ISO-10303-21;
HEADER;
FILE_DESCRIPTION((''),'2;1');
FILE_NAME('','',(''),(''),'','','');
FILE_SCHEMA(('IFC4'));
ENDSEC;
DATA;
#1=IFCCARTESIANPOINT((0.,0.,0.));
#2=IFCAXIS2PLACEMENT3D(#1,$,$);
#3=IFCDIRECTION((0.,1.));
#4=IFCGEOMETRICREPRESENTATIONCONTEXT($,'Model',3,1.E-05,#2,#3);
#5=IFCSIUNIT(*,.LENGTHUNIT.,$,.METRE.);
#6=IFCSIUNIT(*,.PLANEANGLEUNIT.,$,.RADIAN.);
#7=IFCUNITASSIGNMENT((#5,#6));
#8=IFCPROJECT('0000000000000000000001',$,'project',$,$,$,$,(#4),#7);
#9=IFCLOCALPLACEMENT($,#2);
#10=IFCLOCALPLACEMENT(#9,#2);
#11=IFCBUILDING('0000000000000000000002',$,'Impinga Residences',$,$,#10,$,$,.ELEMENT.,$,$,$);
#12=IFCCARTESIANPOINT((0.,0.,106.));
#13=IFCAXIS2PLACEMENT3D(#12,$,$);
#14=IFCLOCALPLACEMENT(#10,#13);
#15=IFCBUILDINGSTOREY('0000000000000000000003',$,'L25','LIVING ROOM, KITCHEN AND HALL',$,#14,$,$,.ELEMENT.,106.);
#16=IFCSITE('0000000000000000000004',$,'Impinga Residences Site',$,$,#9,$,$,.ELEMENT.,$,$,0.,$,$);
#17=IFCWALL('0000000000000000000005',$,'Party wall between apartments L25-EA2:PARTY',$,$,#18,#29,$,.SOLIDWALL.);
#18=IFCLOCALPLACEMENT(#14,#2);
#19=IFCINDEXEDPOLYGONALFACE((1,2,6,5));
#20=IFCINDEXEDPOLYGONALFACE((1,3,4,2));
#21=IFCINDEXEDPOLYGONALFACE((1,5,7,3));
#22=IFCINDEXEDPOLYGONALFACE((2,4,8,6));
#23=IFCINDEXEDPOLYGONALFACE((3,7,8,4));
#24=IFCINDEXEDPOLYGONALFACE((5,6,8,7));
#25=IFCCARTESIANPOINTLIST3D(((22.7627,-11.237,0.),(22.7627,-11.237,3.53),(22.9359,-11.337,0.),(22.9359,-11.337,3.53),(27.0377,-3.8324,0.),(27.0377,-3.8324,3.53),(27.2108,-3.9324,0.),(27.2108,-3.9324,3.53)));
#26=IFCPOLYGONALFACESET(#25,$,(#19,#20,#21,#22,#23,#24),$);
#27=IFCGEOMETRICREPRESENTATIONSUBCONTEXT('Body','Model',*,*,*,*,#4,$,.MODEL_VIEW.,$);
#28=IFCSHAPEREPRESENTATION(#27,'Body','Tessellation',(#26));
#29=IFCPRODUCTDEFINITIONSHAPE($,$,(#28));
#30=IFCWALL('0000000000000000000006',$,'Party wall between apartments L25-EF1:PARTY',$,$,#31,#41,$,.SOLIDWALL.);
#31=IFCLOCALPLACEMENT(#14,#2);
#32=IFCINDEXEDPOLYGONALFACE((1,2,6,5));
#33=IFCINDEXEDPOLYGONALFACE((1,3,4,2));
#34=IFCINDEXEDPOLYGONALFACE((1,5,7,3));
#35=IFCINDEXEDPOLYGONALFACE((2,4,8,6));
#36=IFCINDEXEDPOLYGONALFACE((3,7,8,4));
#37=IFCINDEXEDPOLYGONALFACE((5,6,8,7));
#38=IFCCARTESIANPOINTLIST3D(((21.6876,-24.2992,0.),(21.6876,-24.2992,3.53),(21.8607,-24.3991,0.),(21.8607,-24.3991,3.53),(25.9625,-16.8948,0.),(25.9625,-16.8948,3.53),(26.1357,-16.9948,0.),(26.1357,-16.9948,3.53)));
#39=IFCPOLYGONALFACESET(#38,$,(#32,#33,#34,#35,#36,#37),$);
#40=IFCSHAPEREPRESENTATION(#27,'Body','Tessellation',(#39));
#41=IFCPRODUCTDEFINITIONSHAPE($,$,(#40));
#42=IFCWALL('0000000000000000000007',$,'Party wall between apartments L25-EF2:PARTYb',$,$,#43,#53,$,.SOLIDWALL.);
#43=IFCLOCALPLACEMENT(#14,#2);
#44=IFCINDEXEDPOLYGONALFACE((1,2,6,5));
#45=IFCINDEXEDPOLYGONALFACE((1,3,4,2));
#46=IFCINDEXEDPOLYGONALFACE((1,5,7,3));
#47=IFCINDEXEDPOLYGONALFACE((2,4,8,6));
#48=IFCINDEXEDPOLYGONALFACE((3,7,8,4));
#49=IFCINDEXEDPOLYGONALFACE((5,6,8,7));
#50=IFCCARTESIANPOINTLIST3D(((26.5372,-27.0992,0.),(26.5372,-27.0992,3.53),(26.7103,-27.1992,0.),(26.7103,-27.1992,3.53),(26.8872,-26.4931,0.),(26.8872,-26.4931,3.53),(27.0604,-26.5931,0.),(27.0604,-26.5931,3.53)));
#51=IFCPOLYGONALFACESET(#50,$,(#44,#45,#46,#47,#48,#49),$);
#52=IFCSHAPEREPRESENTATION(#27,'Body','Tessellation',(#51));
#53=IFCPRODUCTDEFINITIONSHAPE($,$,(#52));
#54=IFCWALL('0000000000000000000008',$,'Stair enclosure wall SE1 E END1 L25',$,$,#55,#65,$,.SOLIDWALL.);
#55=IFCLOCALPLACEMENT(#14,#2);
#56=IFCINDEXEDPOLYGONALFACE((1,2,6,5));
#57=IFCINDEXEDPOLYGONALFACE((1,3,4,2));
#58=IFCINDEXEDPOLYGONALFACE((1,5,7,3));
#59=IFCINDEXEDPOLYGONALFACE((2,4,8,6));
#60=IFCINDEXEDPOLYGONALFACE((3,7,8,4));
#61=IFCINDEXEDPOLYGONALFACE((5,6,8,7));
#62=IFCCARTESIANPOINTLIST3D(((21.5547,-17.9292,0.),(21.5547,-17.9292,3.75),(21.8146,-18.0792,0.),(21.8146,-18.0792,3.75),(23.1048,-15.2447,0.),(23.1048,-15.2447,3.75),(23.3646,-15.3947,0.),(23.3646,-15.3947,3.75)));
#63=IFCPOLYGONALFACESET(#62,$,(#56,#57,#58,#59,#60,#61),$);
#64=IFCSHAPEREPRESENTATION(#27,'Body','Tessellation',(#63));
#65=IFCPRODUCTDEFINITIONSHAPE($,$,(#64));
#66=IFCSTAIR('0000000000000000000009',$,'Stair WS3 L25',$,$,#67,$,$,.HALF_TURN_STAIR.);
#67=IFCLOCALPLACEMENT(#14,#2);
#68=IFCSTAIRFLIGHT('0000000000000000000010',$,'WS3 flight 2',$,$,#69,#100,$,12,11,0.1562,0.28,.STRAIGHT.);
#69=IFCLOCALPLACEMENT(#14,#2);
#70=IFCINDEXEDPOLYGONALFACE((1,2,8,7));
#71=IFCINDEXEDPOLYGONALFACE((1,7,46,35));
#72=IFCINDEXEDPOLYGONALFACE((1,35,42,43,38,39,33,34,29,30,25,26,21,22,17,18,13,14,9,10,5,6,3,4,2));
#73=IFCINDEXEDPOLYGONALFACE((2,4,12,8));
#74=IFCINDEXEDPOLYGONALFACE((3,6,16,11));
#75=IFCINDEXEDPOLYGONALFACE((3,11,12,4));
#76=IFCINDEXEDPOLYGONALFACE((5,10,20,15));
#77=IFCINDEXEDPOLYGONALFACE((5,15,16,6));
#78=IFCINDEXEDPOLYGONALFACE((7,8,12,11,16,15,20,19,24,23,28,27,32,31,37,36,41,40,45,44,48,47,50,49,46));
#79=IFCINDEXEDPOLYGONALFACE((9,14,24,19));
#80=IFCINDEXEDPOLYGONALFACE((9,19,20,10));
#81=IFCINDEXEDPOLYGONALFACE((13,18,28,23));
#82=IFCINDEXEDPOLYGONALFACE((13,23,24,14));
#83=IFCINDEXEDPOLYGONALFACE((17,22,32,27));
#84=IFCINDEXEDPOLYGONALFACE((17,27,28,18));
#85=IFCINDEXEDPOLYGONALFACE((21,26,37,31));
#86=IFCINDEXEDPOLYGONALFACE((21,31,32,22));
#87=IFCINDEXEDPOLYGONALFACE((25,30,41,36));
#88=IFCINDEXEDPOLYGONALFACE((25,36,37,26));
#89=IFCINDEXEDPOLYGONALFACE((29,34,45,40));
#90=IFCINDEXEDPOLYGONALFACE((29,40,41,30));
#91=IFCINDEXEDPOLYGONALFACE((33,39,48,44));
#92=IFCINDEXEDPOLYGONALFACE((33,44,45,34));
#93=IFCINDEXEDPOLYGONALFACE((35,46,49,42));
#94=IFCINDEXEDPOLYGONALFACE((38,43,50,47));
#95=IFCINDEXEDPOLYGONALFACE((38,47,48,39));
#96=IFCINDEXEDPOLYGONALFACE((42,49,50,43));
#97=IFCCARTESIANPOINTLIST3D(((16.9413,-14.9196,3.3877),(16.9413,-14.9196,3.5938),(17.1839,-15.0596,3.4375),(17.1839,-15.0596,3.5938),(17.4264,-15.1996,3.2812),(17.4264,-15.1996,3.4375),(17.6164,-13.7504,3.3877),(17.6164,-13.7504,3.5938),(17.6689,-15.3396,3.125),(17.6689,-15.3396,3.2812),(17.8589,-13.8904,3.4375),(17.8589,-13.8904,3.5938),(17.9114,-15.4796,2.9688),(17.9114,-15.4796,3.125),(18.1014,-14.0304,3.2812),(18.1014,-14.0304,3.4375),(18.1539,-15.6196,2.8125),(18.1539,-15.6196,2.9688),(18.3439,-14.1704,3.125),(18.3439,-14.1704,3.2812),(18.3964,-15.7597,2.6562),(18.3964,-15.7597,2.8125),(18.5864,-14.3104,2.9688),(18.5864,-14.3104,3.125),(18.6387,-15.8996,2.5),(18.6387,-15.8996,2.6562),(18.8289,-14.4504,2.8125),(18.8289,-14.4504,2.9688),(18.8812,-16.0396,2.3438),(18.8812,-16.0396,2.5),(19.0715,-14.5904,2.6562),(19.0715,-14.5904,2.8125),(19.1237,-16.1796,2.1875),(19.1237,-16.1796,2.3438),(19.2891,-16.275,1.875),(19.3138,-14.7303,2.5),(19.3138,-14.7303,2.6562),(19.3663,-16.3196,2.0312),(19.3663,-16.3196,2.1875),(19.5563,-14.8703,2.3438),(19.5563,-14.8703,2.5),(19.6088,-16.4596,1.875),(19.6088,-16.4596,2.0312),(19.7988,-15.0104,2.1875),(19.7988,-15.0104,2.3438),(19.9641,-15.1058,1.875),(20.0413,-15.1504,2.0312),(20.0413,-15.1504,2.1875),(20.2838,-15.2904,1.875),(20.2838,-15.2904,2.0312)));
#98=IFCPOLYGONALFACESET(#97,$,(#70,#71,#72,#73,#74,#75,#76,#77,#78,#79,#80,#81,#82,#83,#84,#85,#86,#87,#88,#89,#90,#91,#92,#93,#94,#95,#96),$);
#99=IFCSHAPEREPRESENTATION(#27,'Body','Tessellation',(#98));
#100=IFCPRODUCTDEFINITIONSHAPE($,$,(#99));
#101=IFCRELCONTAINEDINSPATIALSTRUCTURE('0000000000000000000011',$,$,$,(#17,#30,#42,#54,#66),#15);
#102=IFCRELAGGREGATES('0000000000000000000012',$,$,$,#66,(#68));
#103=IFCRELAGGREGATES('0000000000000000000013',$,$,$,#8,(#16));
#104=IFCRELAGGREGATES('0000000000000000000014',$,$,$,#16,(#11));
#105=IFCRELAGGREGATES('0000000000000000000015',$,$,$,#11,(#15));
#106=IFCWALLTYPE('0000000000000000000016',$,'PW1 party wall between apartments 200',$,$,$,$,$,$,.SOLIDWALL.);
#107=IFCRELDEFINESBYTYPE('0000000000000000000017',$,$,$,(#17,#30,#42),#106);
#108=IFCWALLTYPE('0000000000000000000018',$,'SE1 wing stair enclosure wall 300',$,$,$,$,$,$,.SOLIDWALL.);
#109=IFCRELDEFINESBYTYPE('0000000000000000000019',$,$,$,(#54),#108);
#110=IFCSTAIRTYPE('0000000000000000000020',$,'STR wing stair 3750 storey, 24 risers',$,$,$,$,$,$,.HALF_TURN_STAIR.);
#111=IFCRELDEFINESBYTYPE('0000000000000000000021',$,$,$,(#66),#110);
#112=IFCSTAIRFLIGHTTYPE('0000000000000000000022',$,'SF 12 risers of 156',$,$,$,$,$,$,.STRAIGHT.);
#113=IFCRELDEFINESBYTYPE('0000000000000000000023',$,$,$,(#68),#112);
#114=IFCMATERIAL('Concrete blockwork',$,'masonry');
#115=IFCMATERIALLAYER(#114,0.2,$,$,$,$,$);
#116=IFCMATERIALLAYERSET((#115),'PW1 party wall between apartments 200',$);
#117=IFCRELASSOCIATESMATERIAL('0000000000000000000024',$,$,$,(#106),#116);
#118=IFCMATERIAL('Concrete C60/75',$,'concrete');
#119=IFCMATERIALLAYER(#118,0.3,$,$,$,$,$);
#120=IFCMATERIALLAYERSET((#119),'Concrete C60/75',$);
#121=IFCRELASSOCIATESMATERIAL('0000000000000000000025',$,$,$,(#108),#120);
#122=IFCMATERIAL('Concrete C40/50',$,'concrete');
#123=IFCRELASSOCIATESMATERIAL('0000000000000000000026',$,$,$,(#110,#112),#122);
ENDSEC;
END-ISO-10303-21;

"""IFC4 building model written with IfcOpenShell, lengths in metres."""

from ifc_helpers import new_model, si_unit, direction, frame, frame_2d, origin, place, context, subcontext, project, spatial, polyline, rectangle, outline, extrude, material, layer, layer_set, type_object, element, aggregate, save


model = new_model("IFC4")

# Units and contexts
model_context = context("Model", 3, precision=1e-05, world=origin(), true_north=direction((0.0, 1.0)))
body_context = subcontext(model_context, "Body", "Model", "MODEL_VIEW")
ifc_project = project(units=[si_unit("LENGTHUNIT", "METRE"), si_unit("PLANEANGLEUNIT", "RADIAN")], contexts=[model_context])

# Site, building, storey
site_placement = place(None, origin())
site = spatial("IfcSite", under=ifc_project, at=site_placement, Name="Impinga Residences Site", CompositionType="ELEMENT", RefElevation=0.0)
building_placement = place(site_placement, origin())
building = spatial("IfcBuilding", under=site, at=building_placement, Name="Impinga Residences", CompositionType="ELEMENT")
storey_placement = place(building_placement, frame((0.0, 0.0, 106.0)))
storey = spatial("IfcBuildingStorey", under=building, at=storey_placement, Name="L25", Description="LIVING ROOM, KITCHEN AND HALL", CompositionType="ELEMENT", Elevation=106.0)

# Shared definitions
ifc_material_1 = material(Name="Concrete C60/75", Category="concrete")

# Walls
ifc_material_2 = material(Name="Concrete blockwork", Category="masonry")
ifc_layer_1 = layer(ifc_material_2, 0.2)
ifc_layer_set_1 = layer_set([ifc_layer_1], Name="PW1 party wall between apartments 200")
wall_type_1 = type_object("IfcWallType", Name="PW1 party wall between apartments 200", PredefinedType="SOLIDWALL", material=ifc_layer_set_1)
wall_1_placement = place(storey_placement, frame((22.8494, -11.2869, 0.0), z_axis=(0.0, 0.0, 1.0), x_axis=(0.49999, 0.866031, 0.0)))
element("IfcWall", 1, at=wall_1_placement, inside=storey, type_object=wall_type_1, Name="Party wall between apartments L25-EA2:PARTY", PredefinedType="SOLIDWALL", context=body_context, shape_type="SweptSolid", body=[
    extrude(rectangle(XDim=8.55, YDim=0.2, at=frame_2d((4.2749, 0.0))), origin(), (0.0, 0.0, 1.0), 3.53),
])
wall_2_placement = place(storey_placement, frame((26.0491, -16.9448, 0.0), z_axis=(0.0, 0.0, 1.0), x_axis=(-0.500003, -0.866024, 0.0)))
element("IfcWall", 2, at=wall_2_placement, inside=storey, type_object=wall_type_1, Name="Party wall between apartments L25-EF1:PARTY", PredefinedType="SOLIDWALL", context=body_context, shape_type="SweptSolid", body=[
    extrude(rectangle(XDim=8.5498, YDim=0.2, at=frame_2d((4.2749, 0.0))), origin(), (0.0, 0.0, 1.0), 3.53),
])
wall_3_placement = place(storey_placement, frame((26.9739, -26.543, 0.0), z_axis=(0.0, 0.0, 1.0), x_axis=(-0.500115, -0.865959, 0.0)))
element("IfcWall", 3, at=wall_3_placement, inside=storey, type_object=wall_type_1, Name="Party wall between apartments L25-EF2:PARTYb", PredefinedType="SOLIDWALL", context=body_context, shape_type="SweptSolid", body=[
    extrude(rectangle(XDim=0.7, YDim=0.2, at=frame_2d((0.3501, 0.0))), origin(), (0.0, 0.0, 1.0), 3.53),
])
ifc_layer_2 = layer(ifc_material_1, 0.3)
ifc_layer_set_2 = layer_set([ifc_layer_2], Name="Concrete C60/75")
wall_type_2 = type_object("IfcWallType", Name="SE1 wing stair enclosure wall 300", PredefinedType="SOLIDWALL", material=ifc_layer_set_2)
wall_4_placement = place(storey_placement, frame((23.2346, -15.3198, 0.0), z_axis=(0.0, 0.0, 1.0), x_axis=(-0.500027, -0.86601, 0.0)))
element("IfcWall", 4, at=wall_4_placement, inside=storey, type_object=wall_type_2, Name="Stair enclosure wall SE1 E END1 L25", PredefinedType="SOLIDWALL", context=body_context, shape_type="SweptSolid", body=[
    extrude(rectangle(XDim=3.0999, YDim=0.3, at=frame_2d((1.5498, 0.0))), origin(), (0.0, 0.0, 1.0), 3.75),
])

# Stair, stair flight
ifc_material_3 = material(Name="Concrete C40/50", Category="concrete")
stair_type = type_object("IfcStairType", Name="STR wing stair 3750 storey, 24 risers", PredefinedType="HALF_TURN_STAIR", material=ifc_material_3)
stair_placement = place(storey_placement, origin())
stair = element("IfcStair", 5, at=stair_placement, inside=storey, type_object=stair_type, Name="Stair WS3 L25", PredefinedType="HALF_TURN_STAIR")
stair_flight_type = type_object("IfcStairFlightType", Name="SF 12 risers of 156", PredefinedType="STRAIGHT", material=ifc_material_3)
stair_flight_placement = place(storey_placement, frame((19.9463, -15.875, 1.875), z_axis=(0.0, 0.0, 1.0), x_axis=(-0.866025, 0.5, 0.0)))
stair_flight = element("IfcStairFlight", 6, at=stair_flight_placement, type_object=stair_flight_type, Name="WS3 flight 2", NumberOfRisers=12, NumberOfTreads=11, PredefinedType="STRAIGHT", RiserHeight=0.1562, TreadLength=0.28, context=body_context, shape_type="SweptSolid", body=[
    extrude(outline(polyline([(0.0, 0.0), (0.0, 0.1562), (0.28, 0.1562), (0.28, 0.3125), (0.5601, 0.3125), (0.5601, 0.4688), (0.8401, 0.4688), (0.8401, 0.625), (1.1201, 0.625), (1.1201, 0.7812), (1.3999, 0.7812), (1.3999, 0.9375), (1.6799, 0.9375), (1.6799, 1.0938), (1.96, 1.0938), (1.96, 1.25), (2.24, 1.25), (2.24, 1.4062), (2.52, 1.4062), (2.52, 1.5625), (2.8, 1.5625), (2.8, 1.7188), (3.0801, 1.7188), (3.0801, 1.875), (3.0801, 1.5127), (0.3691, 0.0), (0.0, 0.0)])), frame((0.0, 0.675, 0.0), z_axis=(0.0, -1.0, 0.0), x_axis=(1.0, 0.0, 0.0)), (0.0, 0.0, 1.0), 1.3501),
])
aggregate(stair, [stair_flight])

save(model, "model.ifc")
